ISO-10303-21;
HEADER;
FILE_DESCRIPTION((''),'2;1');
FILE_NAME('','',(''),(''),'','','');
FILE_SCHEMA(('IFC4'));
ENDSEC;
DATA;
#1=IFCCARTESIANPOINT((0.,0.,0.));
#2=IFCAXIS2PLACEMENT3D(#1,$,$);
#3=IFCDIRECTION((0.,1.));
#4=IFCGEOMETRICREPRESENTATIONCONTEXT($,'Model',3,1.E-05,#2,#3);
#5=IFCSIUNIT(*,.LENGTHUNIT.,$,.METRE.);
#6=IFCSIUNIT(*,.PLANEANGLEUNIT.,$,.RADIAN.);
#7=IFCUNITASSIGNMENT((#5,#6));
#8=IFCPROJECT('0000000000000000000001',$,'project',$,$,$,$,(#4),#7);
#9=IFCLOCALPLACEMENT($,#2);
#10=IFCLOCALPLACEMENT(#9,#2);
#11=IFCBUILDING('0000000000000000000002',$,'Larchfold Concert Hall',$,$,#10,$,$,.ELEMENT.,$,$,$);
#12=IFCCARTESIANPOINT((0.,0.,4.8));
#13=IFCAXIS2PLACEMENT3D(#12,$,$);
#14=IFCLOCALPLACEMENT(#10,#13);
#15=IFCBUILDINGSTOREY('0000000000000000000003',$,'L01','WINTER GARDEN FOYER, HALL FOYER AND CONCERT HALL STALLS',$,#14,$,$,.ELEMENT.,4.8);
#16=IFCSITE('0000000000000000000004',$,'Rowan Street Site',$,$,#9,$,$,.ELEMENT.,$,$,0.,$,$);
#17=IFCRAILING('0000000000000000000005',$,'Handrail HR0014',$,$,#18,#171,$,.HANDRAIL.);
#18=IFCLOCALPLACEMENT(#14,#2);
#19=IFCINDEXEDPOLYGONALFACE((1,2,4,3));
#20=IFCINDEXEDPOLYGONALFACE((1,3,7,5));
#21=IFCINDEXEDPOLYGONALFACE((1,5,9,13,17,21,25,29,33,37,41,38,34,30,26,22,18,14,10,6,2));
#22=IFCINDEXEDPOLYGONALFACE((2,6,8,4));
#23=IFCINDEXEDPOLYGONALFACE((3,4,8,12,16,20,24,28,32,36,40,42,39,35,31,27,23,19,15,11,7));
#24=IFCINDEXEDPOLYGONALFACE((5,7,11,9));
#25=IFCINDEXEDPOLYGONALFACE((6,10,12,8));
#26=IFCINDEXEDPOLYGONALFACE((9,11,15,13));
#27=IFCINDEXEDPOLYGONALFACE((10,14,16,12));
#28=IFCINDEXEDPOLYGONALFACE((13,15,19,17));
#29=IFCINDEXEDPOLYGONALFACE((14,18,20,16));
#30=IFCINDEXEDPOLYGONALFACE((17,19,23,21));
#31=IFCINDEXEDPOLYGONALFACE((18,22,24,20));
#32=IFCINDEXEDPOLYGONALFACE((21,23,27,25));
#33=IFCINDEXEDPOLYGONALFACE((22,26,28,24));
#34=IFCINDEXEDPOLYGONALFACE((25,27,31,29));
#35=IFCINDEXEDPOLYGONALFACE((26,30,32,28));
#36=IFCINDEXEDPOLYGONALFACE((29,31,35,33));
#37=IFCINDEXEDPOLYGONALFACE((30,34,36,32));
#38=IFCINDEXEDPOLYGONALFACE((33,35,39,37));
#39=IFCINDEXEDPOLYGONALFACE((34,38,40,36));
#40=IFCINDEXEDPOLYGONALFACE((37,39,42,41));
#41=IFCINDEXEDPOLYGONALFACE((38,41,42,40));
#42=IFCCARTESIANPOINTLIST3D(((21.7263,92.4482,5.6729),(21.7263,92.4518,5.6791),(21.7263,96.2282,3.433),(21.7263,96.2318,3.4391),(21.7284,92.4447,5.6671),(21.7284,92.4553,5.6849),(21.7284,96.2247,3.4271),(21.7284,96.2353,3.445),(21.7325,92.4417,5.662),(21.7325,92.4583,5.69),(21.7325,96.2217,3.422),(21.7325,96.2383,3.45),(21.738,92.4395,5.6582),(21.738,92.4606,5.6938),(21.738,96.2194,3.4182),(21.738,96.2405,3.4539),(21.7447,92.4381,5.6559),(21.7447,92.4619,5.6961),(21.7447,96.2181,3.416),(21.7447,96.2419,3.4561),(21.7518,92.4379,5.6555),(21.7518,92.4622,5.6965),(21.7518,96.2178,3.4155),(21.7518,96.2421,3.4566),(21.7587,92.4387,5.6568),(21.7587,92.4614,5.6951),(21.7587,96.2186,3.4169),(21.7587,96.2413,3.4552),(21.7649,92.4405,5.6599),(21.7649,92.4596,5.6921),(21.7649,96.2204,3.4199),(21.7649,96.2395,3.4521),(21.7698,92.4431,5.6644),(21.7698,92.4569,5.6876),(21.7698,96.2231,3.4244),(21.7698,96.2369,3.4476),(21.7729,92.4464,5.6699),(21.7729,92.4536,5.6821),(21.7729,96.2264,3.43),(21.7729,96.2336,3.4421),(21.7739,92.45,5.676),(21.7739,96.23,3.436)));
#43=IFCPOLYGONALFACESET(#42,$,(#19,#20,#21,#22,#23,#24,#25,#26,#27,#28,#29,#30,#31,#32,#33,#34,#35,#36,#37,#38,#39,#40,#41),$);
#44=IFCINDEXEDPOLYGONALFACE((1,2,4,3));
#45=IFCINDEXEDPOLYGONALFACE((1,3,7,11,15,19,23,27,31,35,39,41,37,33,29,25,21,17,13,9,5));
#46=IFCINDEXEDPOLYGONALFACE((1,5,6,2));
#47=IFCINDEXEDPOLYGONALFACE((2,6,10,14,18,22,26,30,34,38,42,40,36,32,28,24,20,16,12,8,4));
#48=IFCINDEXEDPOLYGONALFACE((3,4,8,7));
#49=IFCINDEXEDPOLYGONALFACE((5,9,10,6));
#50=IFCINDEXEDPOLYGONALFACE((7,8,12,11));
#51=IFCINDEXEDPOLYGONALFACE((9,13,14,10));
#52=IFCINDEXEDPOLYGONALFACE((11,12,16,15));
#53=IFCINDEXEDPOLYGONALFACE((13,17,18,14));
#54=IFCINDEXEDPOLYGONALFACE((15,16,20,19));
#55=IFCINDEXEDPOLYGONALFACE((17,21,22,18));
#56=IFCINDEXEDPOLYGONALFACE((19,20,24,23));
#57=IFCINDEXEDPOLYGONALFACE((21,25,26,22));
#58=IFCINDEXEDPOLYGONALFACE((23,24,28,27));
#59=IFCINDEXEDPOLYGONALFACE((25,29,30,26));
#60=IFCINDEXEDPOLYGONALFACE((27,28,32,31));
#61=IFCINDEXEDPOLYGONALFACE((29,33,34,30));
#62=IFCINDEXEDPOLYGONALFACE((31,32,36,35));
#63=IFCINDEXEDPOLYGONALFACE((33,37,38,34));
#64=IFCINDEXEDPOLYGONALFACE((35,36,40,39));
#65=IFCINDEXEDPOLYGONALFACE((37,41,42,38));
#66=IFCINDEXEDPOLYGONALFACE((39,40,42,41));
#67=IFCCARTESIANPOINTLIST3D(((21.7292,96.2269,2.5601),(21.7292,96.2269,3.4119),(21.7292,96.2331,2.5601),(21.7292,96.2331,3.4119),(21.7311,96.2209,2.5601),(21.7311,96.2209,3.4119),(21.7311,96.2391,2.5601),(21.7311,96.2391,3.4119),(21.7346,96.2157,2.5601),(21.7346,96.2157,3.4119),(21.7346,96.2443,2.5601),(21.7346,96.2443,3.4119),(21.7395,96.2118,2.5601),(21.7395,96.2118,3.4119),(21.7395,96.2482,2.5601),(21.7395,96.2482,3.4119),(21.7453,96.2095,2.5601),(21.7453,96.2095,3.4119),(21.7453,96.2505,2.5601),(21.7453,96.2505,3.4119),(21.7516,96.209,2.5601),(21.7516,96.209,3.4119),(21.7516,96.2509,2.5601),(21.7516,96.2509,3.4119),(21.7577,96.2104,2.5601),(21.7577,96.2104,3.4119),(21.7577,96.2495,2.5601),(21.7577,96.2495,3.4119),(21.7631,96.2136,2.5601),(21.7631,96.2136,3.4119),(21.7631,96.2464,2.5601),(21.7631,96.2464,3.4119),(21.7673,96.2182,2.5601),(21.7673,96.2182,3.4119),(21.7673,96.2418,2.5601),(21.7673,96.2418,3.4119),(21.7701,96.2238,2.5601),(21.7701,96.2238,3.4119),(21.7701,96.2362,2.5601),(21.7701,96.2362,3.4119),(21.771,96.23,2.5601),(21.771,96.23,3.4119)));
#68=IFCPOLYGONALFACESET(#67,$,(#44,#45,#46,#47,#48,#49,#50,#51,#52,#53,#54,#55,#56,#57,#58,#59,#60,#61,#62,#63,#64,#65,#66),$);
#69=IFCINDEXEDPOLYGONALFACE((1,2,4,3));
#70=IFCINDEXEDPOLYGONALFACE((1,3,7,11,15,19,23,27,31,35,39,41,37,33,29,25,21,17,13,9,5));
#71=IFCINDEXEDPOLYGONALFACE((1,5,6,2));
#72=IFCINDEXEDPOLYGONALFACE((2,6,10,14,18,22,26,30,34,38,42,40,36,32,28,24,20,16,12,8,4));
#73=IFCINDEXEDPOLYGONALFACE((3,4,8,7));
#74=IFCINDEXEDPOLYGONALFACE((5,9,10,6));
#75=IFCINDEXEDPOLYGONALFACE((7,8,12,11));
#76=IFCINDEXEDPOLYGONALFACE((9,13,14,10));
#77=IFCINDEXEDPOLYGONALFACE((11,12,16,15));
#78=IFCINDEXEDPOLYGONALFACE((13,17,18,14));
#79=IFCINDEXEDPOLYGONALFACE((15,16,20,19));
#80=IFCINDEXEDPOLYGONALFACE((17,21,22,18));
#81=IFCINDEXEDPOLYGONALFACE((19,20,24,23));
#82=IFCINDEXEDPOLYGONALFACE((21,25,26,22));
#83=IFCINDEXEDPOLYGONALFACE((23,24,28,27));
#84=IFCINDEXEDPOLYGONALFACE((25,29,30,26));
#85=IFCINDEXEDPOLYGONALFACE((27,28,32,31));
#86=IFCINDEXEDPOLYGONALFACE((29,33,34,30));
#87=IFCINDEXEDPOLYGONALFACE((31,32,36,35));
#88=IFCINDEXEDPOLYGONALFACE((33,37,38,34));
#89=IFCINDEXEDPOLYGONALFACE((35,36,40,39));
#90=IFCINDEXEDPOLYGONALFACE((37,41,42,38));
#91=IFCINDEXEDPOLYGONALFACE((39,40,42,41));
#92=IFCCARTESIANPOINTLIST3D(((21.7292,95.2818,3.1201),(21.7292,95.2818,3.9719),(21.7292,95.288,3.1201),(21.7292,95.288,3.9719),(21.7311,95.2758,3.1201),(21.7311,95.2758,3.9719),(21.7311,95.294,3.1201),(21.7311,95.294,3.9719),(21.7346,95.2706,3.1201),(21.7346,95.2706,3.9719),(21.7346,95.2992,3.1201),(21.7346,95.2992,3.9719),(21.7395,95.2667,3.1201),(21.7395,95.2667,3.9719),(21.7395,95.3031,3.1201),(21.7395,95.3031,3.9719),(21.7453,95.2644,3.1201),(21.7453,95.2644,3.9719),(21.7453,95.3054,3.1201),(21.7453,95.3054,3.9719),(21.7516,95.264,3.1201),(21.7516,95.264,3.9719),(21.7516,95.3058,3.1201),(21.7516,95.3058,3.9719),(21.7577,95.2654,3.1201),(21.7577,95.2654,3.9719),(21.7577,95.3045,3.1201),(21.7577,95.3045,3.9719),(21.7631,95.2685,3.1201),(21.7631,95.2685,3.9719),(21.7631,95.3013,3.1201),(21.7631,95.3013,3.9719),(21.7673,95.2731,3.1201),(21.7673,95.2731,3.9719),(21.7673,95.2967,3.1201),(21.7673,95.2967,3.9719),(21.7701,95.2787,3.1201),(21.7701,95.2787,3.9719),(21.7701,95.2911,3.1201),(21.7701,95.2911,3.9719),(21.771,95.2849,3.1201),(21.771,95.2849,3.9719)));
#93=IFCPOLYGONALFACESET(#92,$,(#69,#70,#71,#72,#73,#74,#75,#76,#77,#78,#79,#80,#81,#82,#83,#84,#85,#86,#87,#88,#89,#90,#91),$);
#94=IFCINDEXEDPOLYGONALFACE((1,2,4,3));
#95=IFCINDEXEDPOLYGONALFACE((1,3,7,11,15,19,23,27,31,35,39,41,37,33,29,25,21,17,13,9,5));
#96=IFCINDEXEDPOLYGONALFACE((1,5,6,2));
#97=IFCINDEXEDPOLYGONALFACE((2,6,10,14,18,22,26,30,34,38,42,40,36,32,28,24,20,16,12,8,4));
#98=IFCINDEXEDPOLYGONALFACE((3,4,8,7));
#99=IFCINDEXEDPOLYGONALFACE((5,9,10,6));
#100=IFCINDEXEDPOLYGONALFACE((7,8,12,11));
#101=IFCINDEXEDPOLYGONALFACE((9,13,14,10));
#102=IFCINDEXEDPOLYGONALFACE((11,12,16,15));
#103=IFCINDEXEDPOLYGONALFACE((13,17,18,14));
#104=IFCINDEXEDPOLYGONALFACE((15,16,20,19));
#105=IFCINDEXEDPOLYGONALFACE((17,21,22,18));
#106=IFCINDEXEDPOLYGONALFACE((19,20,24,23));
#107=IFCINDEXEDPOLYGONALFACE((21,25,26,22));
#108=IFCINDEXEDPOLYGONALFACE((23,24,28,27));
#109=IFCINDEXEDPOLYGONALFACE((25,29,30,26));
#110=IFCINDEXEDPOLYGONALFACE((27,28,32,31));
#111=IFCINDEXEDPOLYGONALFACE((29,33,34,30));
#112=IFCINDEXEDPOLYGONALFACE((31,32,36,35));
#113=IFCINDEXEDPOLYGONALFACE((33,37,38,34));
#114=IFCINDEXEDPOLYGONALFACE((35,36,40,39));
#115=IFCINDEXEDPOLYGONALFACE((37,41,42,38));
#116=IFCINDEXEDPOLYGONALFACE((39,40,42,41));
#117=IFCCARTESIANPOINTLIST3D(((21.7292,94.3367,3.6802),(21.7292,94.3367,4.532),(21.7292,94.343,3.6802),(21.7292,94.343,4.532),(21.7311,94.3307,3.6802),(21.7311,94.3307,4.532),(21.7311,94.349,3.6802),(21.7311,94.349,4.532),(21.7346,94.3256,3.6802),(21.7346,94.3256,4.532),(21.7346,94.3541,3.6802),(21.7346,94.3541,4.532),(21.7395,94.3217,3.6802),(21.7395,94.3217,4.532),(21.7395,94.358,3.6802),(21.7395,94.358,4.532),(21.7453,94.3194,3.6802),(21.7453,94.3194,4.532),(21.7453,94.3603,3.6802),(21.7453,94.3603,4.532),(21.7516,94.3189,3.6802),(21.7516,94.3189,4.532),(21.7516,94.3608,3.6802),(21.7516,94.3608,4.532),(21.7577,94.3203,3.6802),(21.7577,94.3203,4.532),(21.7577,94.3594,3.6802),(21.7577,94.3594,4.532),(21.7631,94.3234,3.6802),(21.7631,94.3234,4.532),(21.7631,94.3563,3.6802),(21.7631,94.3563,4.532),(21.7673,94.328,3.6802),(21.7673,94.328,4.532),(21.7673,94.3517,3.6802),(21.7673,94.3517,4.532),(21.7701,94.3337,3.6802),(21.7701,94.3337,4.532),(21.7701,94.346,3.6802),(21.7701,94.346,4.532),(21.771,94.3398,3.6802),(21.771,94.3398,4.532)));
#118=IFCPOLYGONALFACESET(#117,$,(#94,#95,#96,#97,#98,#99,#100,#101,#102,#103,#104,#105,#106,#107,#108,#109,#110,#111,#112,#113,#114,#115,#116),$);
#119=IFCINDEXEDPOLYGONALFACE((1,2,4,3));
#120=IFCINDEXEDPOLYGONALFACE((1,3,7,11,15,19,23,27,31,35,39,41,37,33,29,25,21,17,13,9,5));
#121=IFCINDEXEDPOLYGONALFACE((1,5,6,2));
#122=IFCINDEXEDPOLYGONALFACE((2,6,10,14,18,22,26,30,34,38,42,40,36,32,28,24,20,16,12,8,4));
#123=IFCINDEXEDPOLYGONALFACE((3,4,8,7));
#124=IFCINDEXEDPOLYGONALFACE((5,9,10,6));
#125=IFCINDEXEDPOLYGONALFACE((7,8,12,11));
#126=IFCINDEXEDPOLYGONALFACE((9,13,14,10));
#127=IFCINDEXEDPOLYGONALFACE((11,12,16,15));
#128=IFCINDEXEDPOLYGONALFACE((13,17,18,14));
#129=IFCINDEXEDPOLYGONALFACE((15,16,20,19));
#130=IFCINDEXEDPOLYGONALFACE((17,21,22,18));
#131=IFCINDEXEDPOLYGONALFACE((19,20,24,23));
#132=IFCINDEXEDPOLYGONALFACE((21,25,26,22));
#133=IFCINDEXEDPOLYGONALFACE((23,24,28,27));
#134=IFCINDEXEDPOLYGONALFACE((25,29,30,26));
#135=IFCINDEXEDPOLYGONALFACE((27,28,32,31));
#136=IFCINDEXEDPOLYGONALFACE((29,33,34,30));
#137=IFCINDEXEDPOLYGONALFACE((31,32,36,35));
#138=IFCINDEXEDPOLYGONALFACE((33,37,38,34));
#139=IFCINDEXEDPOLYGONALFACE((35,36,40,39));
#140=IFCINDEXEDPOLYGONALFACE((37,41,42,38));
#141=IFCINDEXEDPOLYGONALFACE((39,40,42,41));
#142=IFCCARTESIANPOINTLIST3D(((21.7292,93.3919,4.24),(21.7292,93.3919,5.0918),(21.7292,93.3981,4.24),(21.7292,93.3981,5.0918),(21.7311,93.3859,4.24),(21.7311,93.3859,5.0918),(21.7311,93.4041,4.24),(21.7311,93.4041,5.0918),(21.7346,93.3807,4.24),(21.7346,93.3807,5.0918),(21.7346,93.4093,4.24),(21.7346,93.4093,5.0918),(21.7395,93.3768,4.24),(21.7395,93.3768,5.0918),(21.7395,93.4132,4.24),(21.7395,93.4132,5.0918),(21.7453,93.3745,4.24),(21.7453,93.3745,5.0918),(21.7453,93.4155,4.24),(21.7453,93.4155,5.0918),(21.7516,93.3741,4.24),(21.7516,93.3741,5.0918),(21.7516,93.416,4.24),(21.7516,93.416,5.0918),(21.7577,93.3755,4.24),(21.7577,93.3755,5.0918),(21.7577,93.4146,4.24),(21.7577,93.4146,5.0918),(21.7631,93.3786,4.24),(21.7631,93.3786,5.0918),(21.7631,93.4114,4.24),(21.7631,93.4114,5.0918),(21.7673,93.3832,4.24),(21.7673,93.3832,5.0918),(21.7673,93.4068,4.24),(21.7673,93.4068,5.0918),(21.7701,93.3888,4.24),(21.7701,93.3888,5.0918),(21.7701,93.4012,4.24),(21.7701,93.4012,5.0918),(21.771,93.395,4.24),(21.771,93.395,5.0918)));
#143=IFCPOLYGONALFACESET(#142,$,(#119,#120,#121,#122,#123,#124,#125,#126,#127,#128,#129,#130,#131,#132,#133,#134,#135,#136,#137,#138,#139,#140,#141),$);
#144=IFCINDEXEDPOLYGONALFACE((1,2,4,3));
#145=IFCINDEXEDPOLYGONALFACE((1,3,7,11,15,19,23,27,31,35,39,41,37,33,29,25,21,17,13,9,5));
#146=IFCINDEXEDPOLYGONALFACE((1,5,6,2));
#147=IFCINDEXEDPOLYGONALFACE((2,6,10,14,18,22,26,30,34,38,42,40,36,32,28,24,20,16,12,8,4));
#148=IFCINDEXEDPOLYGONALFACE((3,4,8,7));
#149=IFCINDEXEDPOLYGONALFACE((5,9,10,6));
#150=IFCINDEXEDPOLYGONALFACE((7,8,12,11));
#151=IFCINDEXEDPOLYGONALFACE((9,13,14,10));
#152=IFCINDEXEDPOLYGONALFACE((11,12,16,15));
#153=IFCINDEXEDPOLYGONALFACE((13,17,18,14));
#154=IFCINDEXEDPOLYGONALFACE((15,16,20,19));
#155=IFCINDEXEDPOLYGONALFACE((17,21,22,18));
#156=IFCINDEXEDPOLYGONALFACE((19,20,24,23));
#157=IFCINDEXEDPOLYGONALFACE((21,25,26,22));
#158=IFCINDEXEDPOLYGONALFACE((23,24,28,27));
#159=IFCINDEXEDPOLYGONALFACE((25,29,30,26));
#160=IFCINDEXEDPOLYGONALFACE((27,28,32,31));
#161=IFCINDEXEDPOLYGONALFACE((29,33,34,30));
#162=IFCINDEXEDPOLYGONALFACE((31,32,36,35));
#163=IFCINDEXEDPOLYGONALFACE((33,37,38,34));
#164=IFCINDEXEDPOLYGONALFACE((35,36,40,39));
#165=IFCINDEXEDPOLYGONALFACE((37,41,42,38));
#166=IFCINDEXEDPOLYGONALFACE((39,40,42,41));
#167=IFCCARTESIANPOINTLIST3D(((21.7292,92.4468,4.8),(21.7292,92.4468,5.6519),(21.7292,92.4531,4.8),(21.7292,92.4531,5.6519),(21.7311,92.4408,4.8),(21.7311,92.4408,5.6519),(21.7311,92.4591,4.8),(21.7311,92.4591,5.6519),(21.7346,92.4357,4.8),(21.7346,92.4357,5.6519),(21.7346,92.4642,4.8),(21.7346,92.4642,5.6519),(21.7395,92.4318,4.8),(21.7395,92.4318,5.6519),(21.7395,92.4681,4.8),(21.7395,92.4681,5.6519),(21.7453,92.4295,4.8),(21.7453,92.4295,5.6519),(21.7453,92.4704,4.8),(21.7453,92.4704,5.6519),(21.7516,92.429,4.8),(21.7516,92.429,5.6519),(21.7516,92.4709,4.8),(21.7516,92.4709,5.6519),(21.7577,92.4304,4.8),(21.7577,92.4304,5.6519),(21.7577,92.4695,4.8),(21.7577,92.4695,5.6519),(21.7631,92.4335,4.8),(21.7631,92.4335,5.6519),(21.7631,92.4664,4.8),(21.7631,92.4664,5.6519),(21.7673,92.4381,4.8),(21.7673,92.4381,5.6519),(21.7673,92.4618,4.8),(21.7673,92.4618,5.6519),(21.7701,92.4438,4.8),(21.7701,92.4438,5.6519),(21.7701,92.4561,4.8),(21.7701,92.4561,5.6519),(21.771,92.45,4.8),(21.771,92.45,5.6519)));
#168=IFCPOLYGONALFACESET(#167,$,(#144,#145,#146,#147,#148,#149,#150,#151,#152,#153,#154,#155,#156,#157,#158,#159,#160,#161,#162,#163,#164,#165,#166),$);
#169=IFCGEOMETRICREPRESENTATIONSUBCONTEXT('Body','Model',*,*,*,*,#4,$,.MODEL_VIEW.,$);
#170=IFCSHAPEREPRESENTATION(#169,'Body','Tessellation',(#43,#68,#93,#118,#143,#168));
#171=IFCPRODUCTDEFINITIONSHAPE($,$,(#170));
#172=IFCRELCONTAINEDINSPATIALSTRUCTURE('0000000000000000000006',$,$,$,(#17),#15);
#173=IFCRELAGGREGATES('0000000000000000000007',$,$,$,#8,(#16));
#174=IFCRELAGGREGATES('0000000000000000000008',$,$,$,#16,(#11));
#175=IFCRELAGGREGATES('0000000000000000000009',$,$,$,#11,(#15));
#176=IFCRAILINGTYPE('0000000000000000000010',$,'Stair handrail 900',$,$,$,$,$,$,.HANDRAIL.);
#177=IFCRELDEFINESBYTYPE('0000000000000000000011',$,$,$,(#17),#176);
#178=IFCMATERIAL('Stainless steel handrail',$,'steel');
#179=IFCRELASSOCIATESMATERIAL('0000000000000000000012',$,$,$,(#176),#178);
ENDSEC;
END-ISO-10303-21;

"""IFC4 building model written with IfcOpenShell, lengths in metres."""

from ifc_helpers import new_model, si_unit, direction, frame, origin, origin_2d, place, context, subcontext, project, spatial, circle, extrude, material, type_object, element, save


model = new_model("IFC4")

# Units and contexts
model_context = context("Model", 3, precision=1e-05, world=origin(), true_north=direction((0.0, 1.0)))
body_context = subcontext(model_context, "Body", "Model", "MODEL_VIEW")
ifc_project = project(units=[si_unit("LENGTHUNIT", "METRE"), si_unit("PLANEANGLEUNIT", "RADIAN")], contexts=[model_context])

# Site, building, storey
site_placement = place(None, origin())
site = spatial("IfcSite", under=ifc_project, at=site_placement, Name="Rowan Street Site", CompositionType="ELEMENT", RefElevation=0.0)
building_placement = place(site_placement, origin())
building = spatial("IfcBuilding", under=site, at=building_placement, Name="Larchfold Concert Hall", CompositionType="ELEMENT")
storey_placement = place(building_placement, frame((0.0, 0.0, 4.8)))
storey = spatial("IfcBuildingStorey", under=building, at=storey_placement, Name="L01", Description="WINTER GARDEN FOYER, HALL FOYER AND CONCERT HALL STALLS", CompositionType="ELEMENT", Elevation=4.8)

# Railing
ifc_material_1 = material(Name="Stainless steel handrail", Category="steel")
railing_type_1 = type_object("IfcRailingType", Name="Stair handrail 900", PredefinedType="HANDRAIL", material=ifc_material_1)
railing_1_placement = place(storey_placement, frame((21.75, 96.23, 2.5601)))
element("IfcRailing", 1, at=railing_1_placement, inside=storey, type_object=railing_type_1, Name="Handrail HR0014", PredefinedType="HANDRAIL", context=body_context, shape_type="SweptSolid", body=[
    extrude(circle(Radius=0.0239, at=origin_2d()), frame((0.0, 0.0, 0.876), z_axis=(0.0, -0.860294, 0.509798), x_axis=(1.0, 0.0, 0.0)), (0.0, 0.0, 1.0), 4.3938),
    extrude(circle(Radius=0.021, at=origin_2d()), origin(), (0.0, 0.0, 1.0), 0.8518),
    extrude(circle(Radius=0.021, at=origin_2d()), frame((0.0, -0.9451, 0.5601)), (0.0, 0.0, 1.0), 0.8518),
    extrude(circle(Radius=0.021, at=origin_2d()), frame((0.0, -1.8901, 1.1201)), (0.0, 0.0, 1.0), 0.8518),
    extrude(circle(Radius=0.021, at=origin_2d()), frame((0.0, -2.835, 1.6799)), (0.0, 0.0, 1.0), 0.8518),
    extrude(circle(Radius=0.021, at=origin_2d()), frame((0.0, -3.78, 2.24)), (0.0, 0.0, 1.0), 0.8518),
])

save(model, "model.ifc")
